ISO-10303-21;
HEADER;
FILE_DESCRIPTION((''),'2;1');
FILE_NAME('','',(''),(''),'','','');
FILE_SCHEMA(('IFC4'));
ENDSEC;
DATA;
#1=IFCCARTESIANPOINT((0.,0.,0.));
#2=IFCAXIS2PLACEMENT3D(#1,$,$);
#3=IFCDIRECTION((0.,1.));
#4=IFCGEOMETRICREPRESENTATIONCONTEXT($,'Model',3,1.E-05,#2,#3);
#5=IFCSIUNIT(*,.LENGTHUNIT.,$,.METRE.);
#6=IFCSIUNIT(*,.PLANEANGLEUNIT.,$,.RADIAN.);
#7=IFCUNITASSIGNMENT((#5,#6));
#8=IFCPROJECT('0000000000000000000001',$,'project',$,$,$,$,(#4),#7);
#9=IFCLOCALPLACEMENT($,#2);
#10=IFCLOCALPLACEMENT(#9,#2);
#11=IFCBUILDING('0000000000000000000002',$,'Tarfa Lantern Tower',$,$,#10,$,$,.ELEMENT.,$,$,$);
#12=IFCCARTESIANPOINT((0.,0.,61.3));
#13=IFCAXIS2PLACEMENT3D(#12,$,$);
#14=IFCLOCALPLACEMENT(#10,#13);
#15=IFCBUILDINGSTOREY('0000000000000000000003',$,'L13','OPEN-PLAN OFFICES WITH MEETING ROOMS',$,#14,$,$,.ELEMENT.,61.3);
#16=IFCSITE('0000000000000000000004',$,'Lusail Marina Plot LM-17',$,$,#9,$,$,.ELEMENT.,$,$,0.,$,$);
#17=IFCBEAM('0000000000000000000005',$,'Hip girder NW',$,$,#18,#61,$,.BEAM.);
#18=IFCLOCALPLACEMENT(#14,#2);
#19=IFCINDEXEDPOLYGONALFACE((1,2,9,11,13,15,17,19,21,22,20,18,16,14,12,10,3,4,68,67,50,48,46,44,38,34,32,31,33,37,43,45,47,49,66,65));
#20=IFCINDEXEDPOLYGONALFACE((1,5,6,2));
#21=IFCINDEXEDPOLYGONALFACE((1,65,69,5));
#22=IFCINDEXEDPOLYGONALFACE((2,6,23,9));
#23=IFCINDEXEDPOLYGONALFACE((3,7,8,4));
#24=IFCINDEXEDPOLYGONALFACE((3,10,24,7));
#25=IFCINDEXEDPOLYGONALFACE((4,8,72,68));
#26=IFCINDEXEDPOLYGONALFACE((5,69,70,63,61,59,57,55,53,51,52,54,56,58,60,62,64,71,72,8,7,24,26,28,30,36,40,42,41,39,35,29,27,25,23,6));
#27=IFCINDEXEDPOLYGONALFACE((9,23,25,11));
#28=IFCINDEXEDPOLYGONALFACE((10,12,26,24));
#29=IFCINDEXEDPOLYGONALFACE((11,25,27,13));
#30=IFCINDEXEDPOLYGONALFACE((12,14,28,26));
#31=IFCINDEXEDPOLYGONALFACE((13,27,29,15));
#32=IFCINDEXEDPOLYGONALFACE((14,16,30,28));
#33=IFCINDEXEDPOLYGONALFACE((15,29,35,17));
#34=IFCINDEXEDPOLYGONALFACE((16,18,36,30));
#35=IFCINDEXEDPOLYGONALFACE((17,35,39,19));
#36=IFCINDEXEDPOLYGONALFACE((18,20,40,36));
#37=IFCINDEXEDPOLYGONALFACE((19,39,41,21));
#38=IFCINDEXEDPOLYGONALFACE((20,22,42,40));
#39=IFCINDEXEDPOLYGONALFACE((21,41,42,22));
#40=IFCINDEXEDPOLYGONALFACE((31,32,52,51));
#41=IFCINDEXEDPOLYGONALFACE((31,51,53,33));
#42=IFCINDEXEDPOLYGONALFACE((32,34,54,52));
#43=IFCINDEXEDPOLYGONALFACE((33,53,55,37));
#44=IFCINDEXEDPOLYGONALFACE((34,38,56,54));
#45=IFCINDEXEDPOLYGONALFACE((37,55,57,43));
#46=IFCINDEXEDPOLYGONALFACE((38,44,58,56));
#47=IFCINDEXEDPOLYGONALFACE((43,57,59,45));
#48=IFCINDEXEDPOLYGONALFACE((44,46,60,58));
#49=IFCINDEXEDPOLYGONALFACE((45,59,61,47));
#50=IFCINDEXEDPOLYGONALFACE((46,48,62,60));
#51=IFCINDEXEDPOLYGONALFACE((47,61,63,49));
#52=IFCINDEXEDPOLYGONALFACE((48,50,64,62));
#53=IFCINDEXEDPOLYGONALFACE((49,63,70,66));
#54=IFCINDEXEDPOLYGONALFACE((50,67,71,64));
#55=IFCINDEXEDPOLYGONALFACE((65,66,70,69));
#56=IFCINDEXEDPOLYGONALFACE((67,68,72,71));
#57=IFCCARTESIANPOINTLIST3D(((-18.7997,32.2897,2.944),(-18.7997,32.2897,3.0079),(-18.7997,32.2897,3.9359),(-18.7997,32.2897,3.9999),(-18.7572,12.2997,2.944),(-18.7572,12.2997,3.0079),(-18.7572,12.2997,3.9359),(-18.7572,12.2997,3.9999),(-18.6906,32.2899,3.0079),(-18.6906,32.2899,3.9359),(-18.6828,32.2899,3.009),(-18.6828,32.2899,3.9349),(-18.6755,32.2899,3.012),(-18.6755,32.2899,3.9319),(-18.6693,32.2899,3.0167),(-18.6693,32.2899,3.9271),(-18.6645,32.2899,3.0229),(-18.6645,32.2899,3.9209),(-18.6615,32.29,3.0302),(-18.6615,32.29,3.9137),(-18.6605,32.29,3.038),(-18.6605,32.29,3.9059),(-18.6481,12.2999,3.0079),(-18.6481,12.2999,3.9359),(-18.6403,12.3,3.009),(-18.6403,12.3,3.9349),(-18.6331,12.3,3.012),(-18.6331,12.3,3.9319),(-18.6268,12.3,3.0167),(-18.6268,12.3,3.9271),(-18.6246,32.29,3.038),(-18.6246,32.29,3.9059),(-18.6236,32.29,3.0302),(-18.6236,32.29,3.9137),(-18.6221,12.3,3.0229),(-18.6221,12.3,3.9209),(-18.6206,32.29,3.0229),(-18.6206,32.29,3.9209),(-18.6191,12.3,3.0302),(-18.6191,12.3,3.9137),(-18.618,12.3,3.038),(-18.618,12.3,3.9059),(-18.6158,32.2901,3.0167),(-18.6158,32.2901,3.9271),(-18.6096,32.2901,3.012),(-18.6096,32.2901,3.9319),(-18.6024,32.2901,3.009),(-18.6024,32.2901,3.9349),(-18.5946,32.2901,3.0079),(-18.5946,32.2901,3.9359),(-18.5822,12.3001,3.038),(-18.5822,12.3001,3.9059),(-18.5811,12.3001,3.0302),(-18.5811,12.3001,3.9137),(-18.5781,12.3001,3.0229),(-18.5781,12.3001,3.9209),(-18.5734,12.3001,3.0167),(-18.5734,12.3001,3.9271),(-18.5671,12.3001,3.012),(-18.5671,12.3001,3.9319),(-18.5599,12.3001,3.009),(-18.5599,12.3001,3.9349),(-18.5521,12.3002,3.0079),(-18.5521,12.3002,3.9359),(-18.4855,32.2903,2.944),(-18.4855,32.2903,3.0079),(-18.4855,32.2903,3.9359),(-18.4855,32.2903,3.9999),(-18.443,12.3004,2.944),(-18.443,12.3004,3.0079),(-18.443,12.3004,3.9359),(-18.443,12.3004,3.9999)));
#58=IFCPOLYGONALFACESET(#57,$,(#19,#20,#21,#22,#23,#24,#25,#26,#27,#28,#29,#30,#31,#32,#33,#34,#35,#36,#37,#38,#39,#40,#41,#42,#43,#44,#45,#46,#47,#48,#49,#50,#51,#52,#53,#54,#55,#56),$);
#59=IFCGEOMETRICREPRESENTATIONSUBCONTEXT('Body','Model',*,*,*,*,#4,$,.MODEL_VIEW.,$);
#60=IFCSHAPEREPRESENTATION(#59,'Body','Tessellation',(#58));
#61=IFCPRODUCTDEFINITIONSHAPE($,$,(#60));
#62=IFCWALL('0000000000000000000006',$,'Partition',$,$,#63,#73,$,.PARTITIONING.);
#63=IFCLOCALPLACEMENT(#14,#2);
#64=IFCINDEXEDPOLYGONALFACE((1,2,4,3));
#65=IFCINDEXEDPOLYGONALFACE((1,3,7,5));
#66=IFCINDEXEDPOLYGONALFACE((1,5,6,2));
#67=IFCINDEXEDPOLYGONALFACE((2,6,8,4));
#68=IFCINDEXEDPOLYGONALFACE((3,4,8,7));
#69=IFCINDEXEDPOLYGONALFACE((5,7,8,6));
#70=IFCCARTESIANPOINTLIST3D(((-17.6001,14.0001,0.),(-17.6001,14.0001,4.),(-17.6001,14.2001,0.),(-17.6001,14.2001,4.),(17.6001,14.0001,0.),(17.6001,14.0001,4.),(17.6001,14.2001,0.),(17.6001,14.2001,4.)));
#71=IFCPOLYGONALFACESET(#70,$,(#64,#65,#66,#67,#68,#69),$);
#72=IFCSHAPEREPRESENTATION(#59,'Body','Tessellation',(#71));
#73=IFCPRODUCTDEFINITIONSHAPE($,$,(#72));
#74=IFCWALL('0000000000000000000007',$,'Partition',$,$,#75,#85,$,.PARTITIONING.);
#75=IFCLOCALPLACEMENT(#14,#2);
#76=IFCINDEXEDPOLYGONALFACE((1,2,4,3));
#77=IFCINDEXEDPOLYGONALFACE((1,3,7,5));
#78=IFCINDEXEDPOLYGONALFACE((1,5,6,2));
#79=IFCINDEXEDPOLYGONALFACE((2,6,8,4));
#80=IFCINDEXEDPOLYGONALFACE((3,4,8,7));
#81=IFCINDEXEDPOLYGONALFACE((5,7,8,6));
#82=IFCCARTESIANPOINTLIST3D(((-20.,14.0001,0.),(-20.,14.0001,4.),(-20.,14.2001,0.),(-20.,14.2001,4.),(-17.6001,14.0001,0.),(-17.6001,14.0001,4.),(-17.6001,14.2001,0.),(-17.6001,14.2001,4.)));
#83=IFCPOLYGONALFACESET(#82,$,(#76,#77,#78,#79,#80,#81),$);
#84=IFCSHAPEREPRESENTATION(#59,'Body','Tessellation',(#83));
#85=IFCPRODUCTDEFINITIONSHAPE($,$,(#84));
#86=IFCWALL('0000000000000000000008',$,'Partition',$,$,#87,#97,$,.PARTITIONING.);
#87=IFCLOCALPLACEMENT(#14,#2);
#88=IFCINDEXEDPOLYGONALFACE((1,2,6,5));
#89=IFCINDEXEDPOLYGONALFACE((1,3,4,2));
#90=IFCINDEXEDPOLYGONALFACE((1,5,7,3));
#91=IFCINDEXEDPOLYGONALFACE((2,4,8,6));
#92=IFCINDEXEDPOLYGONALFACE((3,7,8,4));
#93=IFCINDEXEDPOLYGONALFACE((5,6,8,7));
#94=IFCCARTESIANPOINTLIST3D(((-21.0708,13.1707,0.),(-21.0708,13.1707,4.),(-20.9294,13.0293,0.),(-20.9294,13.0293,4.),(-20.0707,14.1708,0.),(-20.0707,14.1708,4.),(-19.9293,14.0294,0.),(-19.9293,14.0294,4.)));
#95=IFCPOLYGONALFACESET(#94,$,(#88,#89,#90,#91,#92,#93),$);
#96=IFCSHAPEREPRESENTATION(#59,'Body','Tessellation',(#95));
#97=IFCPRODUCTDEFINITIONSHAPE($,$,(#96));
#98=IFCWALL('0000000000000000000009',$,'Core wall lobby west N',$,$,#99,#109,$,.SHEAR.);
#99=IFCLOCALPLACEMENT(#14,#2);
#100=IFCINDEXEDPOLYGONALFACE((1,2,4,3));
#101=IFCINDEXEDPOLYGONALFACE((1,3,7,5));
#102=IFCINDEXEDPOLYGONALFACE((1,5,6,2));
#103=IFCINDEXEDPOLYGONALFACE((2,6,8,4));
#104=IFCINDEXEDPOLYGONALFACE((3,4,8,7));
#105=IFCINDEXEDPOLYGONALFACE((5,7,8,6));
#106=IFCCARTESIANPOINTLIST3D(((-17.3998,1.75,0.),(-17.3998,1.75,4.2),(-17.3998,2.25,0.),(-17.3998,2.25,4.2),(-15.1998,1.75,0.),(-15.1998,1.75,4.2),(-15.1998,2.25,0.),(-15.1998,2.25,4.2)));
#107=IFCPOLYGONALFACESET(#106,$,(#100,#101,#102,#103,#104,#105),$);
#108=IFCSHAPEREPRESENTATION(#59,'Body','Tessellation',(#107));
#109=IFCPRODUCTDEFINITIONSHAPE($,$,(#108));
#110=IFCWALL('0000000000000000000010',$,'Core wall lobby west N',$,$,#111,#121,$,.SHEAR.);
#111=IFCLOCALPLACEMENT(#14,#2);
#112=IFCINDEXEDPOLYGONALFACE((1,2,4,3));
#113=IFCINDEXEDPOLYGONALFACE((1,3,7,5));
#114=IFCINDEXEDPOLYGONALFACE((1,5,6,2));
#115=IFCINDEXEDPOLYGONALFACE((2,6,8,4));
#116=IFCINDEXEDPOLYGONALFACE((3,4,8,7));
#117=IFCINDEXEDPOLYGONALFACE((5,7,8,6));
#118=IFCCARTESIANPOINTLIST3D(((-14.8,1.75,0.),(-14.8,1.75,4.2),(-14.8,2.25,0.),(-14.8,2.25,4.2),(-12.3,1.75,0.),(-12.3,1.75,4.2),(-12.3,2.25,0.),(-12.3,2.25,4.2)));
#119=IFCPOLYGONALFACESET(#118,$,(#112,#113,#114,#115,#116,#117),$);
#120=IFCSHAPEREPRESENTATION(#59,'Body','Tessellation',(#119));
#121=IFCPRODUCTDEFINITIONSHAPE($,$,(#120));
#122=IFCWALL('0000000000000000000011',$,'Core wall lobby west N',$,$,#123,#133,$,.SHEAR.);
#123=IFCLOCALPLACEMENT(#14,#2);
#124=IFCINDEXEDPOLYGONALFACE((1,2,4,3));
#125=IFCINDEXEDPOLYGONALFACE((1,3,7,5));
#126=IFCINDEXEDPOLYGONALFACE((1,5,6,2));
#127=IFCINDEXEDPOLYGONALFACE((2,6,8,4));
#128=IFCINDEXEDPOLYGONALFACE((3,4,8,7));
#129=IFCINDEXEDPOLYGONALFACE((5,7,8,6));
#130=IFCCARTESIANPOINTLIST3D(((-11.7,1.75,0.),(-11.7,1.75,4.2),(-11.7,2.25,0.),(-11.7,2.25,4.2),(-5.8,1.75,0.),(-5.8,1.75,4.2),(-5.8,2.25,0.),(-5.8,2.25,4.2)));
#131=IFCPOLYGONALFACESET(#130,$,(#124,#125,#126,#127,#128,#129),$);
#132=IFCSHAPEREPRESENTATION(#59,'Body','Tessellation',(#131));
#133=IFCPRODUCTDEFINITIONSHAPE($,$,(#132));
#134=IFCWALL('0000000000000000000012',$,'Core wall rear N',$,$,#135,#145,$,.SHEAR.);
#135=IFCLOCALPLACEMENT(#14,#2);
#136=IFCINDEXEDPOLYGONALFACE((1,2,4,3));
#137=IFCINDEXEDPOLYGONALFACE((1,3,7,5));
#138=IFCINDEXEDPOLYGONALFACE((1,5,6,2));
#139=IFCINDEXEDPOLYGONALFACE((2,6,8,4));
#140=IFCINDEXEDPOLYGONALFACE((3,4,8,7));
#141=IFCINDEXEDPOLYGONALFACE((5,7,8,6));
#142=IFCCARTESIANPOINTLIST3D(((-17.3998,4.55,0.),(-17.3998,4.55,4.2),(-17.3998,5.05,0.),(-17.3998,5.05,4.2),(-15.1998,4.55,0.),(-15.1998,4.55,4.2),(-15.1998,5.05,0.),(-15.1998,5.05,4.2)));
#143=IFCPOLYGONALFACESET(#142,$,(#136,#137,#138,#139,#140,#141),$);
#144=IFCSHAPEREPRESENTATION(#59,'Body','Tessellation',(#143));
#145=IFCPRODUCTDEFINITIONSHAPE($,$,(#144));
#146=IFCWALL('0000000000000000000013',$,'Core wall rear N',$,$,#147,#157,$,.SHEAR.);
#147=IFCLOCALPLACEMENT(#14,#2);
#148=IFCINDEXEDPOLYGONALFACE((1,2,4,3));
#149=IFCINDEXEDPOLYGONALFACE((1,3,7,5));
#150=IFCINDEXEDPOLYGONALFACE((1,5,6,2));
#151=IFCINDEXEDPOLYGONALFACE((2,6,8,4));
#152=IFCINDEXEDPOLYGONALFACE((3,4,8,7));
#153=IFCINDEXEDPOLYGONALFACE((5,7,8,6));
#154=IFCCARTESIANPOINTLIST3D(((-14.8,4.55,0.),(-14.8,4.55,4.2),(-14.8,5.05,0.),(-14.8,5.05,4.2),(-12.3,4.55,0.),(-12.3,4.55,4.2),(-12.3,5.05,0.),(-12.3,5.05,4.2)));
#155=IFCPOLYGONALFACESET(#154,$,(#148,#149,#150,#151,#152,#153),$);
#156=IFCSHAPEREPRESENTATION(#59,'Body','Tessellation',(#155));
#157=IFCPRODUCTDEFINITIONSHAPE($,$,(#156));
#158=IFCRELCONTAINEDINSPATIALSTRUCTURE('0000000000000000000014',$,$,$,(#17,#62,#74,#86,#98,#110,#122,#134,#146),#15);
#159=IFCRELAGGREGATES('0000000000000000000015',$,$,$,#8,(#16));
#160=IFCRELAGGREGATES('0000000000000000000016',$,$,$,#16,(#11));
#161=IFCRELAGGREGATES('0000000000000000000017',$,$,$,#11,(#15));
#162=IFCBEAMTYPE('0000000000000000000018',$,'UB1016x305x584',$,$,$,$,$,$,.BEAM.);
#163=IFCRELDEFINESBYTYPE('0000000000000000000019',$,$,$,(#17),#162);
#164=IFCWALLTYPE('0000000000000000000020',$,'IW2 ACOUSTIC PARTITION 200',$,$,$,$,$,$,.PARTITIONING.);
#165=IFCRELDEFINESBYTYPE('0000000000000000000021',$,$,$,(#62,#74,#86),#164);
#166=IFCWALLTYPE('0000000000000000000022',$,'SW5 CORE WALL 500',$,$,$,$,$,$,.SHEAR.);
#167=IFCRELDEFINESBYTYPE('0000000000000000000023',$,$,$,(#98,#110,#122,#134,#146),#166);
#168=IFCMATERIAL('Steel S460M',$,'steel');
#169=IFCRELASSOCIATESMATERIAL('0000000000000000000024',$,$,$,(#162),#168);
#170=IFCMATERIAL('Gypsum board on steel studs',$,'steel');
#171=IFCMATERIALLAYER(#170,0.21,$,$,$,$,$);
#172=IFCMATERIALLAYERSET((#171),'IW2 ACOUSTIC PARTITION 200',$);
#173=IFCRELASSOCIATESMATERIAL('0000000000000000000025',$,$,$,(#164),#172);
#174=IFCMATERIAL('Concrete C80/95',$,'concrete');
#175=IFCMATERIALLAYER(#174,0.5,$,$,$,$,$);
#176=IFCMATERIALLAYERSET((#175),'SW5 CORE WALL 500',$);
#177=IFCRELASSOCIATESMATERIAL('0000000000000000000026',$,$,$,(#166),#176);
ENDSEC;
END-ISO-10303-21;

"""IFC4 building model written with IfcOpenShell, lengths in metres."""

from ifc_helpers import new_model, si_unit, direction, frame, frame_2d, origin, origin_2d, place, context, subcontext, project, spatial, rectangle, i_section, extrude, material, layer, layer_set, material_profile, profile_set, type_object, element, save


model = new_model("IFC4")

# Units and contexts
model_context = context("Model", 3, precision=1e-05, world=origin(), true_north=direction((0.0, 1.0)))
body_context = subcontext(model_context, "Body", "Model", "MODEL_VIEW")
ifc_project = project(units=[si_unit("LENGTHUNIT", "METRE"), si_unit("PLANEANGLEUNIT", "RADIAN")], contexts=[model_context])

# Site, building, storey
site_placement = place(None, origin())
site = spatial("IfcSite", under=ifc_project, at=site_placement, Name="Lusail Marina Plot LM-17", CompositionType="ELEMENT", RefElevation=0.0)
building_placement = place(site_placement, origin())
building = spatial("IfcBuilding", under=site, at=building_placement, Name="Tarfa Lantern Tower", CompositionType="ELEMENT")
storey_placement = place(building_placement, frame((0.0, 0.0, 61.3)))
storey = spatial("IfcBuildingStorey", under=building, at=storey_placement, Name="L13", Description="OPEN-PLAN OFFICES WITH MEETING ROOMS", CompositionType="ELEMENT", Elevation=61.3)

# Beam
ifc_material_1 = material(Name="Steel S460M", Category="steel")
ifc_material_profile = material_profile(ifc_material_1, i_section(OverallWidth=0.3142, OverallDepth=1.0559, WebThickness=0.0359, FlangeThickness=0.064, FilletRadius=0.03, at=origin_2d()), Name="UB1016x305x584")
ifc_profile_set = profile_set([ifc_material_profile], Name="Steel S460M")
beam_type = type_object("IfcBeamType", Name="UB1016x305x584", PredefinedType="BEAM", material=ifc_profile_set)
beam_placement = place(storey_placement, frame((-18.6001, 12.3, 3.4719), z_axis=(-0.002125, 0.999998, 0.0), x_axis=(-0.999998, -0.002125, 0.0)))
element("IfcBeam", 1, at=beam_placement, inside=storey, type_object=beam_type, Name="Hip girder NW", PredefinedType="BEAM", context=body_context, shape_type="SweptSolid", body=[
    extrude(i_section(OverallWidth=0.3142, OverallDepth=1.0559, WebThickness=0.0359, FlangeThickness=0.064, FilletRadius=0.03, at=origin_2d()), origin(), (0.0, 0.0, 1.0), 19.99),
])

# Walls
ifc_material_2 = material(Name="Gypsum board on steel studs", Category="steel")
ifc_layer_1 = layer(ifc_material_2, 0.21)
ifc_layer_set_1 = layer_set([ifc_layer_1], Name="IW2 ACOUSTIC PARTITION 200")
wall_type_1 = type_object("IfcWallType", Name="IW2 ACOUSTIC PARTITION 200", PredefinedType="PARTITIONING", material=ifc_layer_set_1)
wall_1_placement = place(storey_placement, frame((-17.6001, 14.1001, 0.0), z_axis=(0.0, 0.0, 1.0), x_axis=(1.0, 0.0, 0.0)))
element("IfcWall", 2, at=wall_1_placement, inside=storey, type_object=wall_type_1, Name="Partition", PredefinedType="PARTITIONING", context=body_context, shape_type="SweptSolid", body=[
    extrude(rectangle(XDim=35.2002, YDim=0.2, at=frame_2d((17.6001, 0.0))), origin(), (0.0, 0.0, 1.0), 4.0),
])
wall_2_placement = place(storey_placement, frame((-20.0, 14.1001, 0.0), z_axis=(0.0, 0.0, 1.0), x_axis=(1.0, 0.0, 0.0)))
element("IfcWall", 3, at=wall_2_placement, inside=storey, type_object=wall_type_1, Name="Partition", PredefinedType="PARTITIONING", context=body_context, shape_type="SweptSolid", body=[
    extrude(rectangle(XDim=2.3999, YDim=0.2, at=frame_2d((1.2, 0.0))), origin(), (0.0, 0.0, 1.0), 4.0),
])
wall_3_placement = place(storey_placement, frame((-21.0, 13.1001, 0.0), z_axis=(0.0, 0.0, 1.0), x_axis=(0.707107, 0.707107, 0.0)))
element("IfcWall", 4, at=wall_3_placement, inside=storey, type_object=wall_type_1, Name="Partition", PredefinedType="PARTITIONING", context=body_context, shape_type="SweptSolid", body=[
    extrude(rectangle(XDim=1.4143, YDim=0.2, at=frame_2d((0.707, 0.0))), origin(), (0.0, 0.0, 1.0), 4.0),
])

# Shared definitions
ifc_material_3 = material(Name="Concrete C80/95", Category="concrete")

# Walls
ifc_layer_2 = layer(ifc_material_3, 0.5)
ifc_layer_set_2 = layer_set([ifc_layer_2], Name="SW5 CORE WALL 500")
wall_type_2 = type_object("IfcWallType", Name="SW5 CORE WALL 500", PredefinedType="SHEAR", material=ifc_layer_set_2)
wall_4_placement = place(storey_placement, frame((-17.3999, 2.0, 0.0), z_axis=(0.0, 0.0, 1.0), x_axis=(1.0, 0.0, 0.0)))
element("IfcWall", 5, at=wall_4_placement, inside=storey, type_object=wall_type_2, Name="Core wall lobby west N", PredefinedType="SHEAR", context=body_context, shape_type="SweptSolid", body=[
    extrude(rectangle(XDim=2.2, YDim=0.5, at=frame_2d((1.1001, 0.0))), origin(), (0.0, 0.0, 1.0), 4.2),
])
wall_5_placement = place(storey_placement, frame((-14.8, 2.0, 0.0), z_axis=(0.0, 0.0, 1.0), x_axis=(1.0, 0.0, 0.0)))
element("IfcWall", 6, at=wall_5_placement, inside=storey, type_object=wall_type_2, Name="Core wall lobby west N", PredefinedType="SHEAR", context=body_context, shape_type="SweptSolid", body=[
    extrude(rectangle(XDim=2.5, YDim=0.5, at=frame_2d((1.25, 0.0))), origin(), (0.0, 0.0, 1.0), 4.2),
])
wall_6_placement = place(storey_placement, frame((-11.7, 2.0, 0.0), z_axis=(0.0, 0.0, 1.0), x_axis=(1.0, 0.0, 0.0)))
element("IfcWall", 7, at=wall_6_placement, inside=storey, type_object=wall_type_2, Name="Core wall lobby west N", PredefinedType="SHEAR", context=body_context, shape_type="SweptSolid", body=[
    extrude(rectangle(XDim=5.8999, YDim=0.5, at=frame_2d((2.95, 0.0))), origin(), (0.0, 0.0, 1.0), 4.2),
])
wall_7_placement = place(storey_placement, frame((-17.3999, 4.8, 0.0), z_axis=(0.0, 0.0, 1.0), x_axis=(1.0, 0.0, 0.0)))
element("IfcWall", 8, at=wall_7_placement, inside=storey, type_object=wall_type_2, Name="Core wall rear N", PredefinedType="SHEAR", context=body_context, shape_type="SweptSolid", body=[
    extrude(rectangle(XDim=2.2, YDim=0.5, at=frame_2d((1.1001, 0.0))), origin(), (0.0, 0.0, 1.0), 4.2),
])
wall_8_placement = place(storey_placement, frame((-14.8, 4.8, 0.0), z_axis=(0.0, 0.0, 1.0), x_axis=(1.0, 0.0, 0.0)))
element("IfcWall", 9, at=wall_8_placement, inside=storey, type_object=wall_type_2, Name="Core wall rear N", PredefinedType="SHEAR", context=body_context, shape_type="SweptSolid", body=[
    extrude(rectangle(XDim=2.5, YDim=0.5, at=frame_2d((1.25, 0.0))), origin(), (0.0, 0.0, 1.0), 4.2),
])

save(model, "model.ifc")
